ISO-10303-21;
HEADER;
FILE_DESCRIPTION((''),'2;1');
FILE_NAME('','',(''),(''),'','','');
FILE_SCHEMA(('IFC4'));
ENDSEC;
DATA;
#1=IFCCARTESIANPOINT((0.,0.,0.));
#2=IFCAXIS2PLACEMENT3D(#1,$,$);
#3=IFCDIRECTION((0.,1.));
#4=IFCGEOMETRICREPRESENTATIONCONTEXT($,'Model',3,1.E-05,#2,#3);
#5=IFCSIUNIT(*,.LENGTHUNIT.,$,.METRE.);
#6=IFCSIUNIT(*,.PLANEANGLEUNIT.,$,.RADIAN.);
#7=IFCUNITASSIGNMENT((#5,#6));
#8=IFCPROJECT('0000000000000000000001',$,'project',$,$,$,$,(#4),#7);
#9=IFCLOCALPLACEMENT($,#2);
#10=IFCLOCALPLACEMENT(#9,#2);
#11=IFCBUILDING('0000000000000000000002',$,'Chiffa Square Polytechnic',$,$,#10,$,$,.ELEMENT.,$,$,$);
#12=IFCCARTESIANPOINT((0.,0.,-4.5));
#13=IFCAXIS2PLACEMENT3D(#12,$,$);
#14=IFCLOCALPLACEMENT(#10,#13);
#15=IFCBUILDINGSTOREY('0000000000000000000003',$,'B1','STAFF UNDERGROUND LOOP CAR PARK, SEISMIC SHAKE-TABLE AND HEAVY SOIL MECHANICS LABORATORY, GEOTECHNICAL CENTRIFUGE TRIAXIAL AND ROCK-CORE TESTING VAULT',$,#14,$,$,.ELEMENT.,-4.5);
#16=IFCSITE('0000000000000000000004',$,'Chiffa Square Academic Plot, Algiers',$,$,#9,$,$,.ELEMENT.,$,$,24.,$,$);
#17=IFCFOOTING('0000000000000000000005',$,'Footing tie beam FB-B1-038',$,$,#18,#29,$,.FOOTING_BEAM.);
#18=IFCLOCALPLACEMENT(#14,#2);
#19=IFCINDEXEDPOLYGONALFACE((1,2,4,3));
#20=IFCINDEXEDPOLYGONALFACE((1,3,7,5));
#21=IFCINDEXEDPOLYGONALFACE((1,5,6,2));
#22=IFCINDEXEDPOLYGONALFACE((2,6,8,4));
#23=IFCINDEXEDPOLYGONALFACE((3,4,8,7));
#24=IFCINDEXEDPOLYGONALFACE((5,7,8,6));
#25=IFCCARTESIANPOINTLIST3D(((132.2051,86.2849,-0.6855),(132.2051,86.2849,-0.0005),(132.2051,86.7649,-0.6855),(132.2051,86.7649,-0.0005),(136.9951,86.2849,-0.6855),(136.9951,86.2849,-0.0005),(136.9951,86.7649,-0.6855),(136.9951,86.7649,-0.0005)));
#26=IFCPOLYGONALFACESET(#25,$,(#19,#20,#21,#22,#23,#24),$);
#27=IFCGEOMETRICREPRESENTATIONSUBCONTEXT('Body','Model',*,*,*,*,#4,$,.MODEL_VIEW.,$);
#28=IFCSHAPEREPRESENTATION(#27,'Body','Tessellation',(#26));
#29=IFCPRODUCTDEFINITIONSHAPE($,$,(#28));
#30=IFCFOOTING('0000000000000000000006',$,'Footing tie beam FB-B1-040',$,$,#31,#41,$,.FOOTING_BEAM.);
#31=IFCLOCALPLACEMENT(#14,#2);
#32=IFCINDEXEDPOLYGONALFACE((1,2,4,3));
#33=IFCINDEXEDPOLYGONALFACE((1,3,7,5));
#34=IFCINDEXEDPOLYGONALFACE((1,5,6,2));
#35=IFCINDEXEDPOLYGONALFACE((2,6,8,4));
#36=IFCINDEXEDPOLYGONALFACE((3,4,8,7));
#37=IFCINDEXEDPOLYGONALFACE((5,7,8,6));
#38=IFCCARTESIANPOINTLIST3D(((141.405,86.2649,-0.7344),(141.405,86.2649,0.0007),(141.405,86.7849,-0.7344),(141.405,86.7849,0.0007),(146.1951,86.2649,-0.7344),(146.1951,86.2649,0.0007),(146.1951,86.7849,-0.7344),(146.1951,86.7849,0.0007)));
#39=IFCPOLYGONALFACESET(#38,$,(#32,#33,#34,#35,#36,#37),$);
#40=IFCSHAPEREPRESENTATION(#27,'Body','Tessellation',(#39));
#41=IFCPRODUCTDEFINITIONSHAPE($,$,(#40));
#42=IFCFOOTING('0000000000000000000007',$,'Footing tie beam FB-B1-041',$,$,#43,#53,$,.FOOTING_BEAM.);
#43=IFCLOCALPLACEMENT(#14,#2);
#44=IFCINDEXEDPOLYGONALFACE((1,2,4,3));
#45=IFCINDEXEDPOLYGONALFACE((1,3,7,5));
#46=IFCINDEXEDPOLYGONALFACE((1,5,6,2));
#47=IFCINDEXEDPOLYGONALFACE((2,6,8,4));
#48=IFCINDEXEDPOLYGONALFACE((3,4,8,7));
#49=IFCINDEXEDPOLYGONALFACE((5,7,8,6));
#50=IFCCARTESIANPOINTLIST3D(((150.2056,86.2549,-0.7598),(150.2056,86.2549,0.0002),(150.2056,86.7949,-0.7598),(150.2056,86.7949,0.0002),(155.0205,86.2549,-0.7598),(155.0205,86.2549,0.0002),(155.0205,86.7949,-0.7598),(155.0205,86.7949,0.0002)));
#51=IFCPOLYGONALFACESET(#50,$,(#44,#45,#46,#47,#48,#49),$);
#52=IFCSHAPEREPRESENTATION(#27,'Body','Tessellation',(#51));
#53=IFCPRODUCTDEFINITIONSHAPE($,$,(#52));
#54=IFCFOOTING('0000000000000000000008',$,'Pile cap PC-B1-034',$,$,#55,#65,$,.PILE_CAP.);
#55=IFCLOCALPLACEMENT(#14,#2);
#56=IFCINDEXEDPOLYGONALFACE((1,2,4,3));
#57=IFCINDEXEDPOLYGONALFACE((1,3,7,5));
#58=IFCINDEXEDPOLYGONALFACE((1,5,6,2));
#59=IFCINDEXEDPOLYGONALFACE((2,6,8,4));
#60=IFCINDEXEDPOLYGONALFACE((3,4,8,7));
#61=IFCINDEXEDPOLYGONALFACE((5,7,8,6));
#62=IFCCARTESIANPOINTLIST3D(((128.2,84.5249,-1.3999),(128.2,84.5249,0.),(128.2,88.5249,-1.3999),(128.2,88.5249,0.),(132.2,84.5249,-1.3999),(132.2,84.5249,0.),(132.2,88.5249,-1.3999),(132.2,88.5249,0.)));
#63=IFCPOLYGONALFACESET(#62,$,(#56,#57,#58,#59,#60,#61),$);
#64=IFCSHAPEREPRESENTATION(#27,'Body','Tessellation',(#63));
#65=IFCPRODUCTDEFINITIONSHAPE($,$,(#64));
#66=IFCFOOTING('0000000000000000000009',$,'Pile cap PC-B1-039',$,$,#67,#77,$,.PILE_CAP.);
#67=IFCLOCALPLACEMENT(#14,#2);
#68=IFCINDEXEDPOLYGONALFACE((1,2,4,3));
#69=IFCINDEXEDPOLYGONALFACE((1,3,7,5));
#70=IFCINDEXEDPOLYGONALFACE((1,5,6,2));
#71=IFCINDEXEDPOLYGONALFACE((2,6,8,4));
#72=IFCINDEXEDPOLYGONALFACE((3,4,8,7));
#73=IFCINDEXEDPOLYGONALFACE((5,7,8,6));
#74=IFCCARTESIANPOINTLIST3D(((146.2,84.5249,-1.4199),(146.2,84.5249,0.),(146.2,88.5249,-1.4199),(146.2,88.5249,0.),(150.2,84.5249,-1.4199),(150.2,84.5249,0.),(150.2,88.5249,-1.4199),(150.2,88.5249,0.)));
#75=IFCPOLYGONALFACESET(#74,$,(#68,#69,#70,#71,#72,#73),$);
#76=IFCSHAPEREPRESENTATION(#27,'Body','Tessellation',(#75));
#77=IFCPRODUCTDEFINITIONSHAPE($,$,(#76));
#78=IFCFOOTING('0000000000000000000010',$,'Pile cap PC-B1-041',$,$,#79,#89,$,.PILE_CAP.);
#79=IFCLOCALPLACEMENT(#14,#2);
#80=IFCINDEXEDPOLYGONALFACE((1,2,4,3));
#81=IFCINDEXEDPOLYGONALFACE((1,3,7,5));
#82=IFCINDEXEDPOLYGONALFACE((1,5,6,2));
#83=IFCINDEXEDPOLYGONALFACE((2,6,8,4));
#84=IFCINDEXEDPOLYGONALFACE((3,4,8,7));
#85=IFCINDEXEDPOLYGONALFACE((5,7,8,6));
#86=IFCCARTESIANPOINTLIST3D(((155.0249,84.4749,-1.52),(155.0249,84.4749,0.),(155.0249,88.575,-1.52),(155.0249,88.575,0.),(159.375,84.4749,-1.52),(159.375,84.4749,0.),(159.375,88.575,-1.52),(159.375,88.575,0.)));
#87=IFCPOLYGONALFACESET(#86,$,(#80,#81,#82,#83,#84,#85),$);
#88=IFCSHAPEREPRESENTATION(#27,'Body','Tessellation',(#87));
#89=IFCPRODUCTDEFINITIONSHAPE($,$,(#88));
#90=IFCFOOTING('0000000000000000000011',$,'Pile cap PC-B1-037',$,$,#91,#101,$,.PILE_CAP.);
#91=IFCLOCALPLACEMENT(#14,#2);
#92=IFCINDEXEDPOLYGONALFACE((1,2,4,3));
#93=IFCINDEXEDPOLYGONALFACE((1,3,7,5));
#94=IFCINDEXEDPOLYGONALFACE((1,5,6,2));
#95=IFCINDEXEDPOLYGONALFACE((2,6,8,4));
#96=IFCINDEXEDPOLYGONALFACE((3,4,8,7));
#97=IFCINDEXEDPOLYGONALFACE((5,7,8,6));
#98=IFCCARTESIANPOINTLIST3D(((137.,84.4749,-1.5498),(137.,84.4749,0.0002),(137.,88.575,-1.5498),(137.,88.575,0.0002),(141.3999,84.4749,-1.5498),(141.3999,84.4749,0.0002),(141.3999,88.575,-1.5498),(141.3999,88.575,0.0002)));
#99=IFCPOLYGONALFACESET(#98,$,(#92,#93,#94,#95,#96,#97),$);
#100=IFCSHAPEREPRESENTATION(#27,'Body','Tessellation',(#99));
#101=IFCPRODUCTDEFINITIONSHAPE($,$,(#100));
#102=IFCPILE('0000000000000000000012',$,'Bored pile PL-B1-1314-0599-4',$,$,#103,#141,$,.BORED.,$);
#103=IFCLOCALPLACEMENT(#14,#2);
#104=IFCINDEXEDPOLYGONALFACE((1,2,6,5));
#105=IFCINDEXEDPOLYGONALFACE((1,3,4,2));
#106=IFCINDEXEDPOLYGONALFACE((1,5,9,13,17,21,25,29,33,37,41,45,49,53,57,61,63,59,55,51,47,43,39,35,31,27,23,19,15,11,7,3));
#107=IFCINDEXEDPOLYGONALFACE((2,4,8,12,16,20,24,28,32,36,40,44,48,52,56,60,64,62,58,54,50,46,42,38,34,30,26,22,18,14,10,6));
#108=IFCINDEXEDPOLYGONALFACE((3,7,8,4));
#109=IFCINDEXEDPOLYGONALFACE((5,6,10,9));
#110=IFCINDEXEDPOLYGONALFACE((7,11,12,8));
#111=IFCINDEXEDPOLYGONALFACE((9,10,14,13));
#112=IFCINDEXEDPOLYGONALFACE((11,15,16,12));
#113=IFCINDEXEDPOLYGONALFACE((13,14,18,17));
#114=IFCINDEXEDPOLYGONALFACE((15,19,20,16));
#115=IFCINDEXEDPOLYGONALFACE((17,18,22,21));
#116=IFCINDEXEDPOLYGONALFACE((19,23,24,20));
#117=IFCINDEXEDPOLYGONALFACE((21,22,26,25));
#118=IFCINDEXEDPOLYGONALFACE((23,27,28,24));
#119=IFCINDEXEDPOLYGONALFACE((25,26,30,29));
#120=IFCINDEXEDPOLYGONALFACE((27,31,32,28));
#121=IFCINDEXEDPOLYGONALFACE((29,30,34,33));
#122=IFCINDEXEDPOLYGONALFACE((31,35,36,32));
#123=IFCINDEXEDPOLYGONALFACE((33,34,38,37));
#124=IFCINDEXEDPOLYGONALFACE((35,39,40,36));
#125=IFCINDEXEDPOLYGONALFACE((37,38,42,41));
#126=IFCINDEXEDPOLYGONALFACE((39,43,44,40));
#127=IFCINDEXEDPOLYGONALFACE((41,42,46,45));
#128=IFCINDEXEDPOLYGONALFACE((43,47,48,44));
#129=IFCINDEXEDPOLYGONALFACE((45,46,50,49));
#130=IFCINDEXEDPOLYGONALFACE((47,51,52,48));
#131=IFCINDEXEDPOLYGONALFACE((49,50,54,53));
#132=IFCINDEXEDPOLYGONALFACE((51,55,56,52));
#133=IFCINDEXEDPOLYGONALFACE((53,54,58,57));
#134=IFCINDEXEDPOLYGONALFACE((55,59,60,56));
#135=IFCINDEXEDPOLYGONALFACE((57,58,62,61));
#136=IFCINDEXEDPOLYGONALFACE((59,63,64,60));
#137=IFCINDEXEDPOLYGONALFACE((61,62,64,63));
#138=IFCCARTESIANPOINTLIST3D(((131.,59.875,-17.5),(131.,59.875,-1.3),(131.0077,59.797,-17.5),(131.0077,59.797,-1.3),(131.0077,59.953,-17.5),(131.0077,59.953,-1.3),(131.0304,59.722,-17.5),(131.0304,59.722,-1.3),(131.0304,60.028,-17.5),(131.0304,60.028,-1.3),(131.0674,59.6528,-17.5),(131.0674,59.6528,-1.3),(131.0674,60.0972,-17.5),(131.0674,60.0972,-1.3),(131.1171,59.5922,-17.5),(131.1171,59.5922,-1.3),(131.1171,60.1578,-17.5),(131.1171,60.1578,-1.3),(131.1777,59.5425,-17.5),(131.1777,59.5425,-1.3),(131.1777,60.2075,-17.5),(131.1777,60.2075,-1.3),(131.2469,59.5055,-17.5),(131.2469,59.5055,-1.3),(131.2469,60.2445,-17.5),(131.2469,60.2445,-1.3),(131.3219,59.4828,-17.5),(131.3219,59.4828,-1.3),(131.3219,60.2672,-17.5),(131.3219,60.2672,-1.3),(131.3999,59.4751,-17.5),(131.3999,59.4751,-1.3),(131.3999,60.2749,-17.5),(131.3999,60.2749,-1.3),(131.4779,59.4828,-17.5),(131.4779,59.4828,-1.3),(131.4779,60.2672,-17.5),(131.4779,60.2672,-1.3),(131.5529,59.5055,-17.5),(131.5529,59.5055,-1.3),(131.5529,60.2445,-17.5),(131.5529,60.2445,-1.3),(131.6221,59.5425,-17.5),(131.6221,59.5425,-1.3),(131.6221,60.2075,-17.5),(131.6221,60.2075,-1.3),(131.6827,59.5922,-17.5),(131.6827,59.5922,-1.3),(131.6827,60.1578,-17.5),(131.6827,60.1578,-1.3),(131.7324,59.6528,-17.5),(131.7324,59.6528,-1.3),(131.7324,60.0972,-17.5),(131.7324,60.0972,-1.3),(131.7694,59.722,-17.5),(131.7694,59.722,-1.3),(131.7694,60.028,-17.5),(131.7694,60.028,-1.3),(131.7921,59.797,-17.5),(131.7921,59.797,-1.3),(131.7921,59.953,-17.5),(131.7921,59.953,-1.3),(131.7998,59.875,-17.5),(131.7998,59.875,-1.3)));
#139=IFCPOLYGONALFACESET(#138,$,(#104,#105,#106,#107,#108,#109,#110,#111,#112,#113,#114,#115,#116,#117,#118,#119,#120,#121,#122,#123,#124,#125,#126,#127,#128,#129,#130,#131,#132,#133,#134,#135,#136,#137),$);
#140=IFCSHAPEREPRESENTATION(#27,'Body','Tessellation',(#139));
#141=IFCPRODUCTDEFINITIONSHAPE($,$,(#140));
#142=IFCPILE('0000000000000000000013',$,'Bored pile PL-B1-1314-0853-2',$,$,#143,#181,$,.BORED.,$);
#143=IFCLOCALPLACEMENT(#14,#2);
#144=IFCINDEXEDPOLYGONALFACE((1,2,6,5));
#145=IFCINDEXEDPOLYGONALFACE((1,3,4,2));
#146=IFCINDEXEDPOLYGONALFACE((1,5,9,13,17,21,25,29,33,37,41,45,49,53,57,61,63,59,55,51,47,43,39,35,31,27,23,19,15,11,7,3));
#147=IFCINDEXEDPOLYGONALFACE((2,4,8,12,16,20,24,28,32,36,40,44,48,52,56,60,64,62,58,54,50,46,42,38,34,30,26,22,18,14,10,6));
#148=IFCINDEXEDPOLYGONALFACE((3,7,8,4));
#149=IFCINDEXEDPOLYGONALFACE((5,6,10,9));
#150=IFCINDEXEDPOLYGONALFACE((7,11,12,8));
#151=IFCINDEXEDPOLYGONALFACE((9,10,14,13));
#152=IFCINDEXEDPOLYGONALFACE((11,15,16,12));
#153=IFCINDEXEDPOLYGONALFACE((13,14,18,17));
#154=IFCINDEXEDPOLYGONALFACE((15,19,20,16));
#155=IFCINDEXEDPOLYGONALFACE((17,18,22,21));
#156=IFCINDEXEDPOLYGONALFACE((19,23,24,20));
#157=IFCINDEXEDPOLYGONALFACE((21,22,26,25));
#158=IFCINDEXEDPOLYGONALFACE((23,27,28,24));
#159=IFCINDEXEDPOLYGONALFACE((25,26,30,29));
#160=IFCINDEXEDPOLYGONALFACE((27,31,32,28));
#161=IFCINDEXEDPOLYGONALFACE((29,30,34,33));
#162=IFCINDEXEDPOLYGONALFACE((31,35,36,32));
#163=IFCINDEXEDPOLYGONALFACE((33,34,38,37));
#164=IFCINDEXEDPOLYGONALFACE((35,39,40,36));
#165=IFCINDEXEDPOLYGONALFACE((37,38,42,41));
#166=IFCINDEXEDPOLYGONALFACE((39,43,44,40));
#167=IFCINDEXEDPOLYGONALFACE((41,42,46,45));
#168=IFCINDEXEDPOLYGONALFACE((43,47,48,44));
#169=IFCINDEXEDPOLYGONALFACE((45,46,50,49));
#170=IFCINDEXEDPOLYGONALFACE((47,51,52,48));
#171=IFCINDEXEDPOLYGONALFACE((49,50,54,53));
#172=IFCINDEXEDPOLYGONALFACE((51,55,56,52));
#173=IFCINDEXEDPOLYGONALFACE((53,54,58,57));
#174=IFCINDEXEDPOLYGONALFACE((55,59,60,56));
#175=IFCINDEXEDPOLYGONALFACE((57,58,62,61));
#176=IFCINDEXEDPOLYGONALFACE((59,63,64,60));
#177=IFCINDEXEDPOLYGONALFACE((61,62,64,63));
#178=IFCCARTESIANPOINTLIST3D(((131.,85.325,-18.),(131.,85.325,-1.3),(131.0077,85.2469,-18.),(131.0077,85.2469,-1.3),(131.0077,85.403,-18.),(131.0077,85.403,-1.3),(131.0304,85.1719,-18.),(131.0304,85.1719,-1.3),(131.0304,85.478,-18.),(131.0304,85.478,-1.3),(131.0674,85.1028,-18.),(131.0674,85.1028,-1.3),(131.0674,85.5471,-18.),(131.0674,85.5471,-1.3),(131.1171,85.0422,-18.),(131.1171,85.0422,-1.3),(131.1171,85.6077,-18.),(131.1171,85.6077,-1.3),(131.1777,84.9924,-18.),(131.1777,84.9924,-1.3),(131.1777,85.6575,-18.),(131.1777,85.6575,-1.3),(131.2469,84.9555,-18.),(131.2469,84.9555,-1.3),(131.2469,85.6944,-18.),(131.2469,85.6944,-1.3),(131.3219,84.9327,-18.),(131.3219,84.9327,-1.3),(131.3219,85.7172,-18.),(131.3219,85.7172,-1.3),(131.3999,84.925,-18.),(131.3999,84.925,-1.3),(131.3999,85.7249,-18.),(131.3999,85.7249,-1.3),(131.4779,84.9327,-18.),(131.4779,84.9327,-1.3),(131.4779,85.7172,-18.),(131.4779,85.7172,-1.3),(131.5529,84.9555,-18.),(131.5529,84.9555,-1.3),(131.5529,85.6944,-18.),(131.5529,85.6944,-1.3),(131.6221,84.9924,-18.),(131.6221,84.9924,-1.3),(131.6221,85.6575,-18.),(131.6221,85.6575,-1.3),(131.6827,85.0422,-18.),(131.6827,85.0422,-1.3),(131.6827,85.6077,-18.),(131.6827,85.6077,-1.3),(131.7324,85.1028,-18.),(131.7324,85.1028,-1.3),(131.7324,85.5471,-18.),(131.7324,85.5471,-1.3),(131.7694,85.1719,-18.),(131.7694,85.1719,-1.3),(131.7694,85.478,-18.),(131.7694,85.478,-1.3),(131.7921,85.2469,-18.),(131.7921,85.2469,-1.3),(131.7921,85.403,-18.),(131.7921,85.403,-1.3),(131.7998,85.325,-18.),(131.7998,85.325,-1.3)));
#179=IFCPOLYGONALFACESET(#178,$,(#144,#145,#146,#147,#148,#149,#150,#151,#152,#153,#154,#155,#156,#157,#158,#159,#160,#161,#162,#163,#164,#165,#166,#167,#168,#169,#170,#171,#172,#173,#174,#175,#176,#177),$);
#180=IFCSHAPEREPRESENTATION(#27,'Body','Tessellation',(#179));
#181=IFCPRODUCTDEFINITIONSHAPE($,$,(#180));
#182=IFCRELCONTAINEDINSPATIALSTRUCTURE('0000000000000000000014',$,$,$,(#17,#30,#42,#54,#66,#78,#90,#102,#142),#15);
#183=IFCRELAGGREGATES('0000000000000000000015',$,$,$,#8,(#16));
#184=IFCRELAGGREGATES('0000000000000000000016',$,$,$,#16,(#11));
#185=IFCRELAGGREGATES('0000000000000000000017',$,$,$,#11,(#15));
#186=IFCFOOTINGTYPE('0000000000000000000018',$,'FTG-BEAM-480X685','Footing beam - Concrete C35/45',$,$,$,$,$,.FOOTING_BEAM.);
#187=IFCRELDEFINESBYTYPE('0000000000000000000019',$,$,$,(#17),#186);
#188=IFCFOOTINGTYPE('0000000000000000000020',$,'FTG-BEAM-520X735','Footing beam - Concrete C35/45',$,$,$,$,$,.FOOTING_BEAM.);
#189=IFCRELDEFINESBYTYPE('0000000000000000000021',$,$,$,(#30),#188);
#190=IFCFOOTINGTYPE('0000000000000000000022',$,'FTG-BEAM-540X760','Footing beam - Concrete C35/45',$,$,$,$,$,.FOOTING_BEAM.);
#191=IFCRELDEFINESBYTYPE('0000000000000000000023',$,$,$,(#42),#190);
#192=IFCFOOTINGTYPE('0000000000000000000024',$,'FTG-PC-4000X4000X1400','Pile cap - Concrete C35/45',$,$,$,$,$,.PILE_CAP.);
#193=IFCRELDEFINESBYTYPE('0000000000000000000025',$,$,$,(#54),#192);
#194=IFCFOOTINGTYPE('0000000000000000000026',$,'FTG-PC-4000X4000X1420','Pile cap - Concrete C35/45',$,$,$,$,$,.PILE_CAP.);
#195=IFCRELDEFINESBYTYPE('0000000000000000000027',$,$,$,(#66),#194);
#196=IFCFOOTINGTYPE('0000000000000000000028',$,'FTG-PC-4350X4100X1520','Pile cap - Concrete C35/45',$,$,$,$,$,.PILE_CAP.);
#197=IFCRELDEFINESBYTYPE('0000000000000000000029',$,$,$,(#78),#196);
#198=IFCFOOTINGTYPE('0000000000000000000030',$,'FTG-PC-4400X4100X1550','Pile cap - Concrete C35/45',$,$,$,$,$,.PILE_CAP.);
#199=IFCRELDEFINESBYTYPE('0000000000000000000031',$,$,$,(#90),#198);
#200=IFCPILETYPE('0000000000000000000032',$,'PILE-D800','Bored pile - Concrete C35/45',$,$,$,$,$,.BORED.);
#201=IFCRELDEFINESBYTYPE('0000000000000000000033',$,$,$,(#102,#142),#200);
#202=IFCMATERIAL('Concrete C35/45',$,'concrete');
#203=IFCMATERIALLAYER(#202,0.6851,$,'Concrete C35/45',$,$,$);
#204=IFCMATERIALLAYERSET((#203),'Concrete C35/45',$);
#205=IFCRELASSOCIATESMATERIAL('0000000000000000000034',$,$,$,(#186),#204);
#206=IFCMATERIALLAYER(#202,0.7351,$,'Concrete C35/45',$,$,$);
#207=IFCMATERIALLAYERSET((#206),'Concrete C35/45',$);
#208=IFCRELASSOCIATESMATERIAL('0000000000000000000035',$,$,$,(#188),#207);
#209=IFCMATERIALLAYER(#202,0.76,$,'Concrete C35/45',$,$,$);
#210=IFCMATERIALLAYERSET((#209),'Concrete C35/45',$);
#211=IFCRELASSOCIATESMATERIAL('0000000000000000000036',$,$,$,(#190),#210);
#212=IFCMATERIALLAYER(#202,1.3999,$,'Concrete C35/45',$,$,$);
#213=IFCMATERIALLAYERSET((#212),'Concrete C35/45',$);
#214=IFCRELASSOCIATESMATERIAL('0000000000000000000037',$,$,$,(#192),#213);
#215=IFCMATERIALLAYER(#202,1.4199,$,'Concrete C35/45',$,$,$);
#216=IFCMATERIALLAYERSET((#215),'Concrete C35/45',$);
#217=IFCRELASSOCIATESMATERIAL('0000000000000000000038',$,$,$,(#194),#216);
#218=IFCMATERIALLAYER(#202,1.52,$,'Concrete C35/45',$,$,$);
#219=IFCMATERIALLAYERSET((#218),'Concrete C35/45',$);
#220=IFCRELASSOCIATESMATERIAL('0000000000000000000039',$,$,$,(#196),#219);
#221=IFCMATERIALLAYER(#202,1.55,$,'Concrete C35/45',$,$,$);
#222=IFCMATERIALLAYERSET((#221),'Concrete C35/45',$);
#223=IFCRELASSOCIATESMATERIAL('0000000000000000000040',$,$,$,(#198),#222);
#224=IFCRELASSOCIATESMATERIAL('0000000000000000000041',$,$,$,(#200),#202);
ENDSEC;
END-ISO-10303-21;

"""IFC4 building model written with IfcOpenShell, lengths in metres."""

from ifc_helpers import new_model, si_unit, direction, frame, origin, origin_2d, place, context, subcontext, project, spatial, rectangle, circle, extrude, material, layer, layer_set, material_profile, profile_set, type_object, element, save


model = new_model("IFC4")

# Units and contexts
model_context = context("Model", 3, precision=1e-05, world=origin(), true_north=direction((0.0, 1.0)))
body_context = subcontext(model_context, "Body", "Model", "MODEL_VIEW")
ifc_project = project(units=[si_unit("LENGTHUNIT", "METRE"), si_unit("PLANEANGLEUNIT", "RADIAN")], contexts=[model_context])

# Site, building, storey
site_placement = place(None, origin())
site = spatial("IfcSite", under=ifc_project, at=site_placement, Name="Chiffa Square Academic Plot, Algiers", CompositionType="ELEMENT", RefElevation=24.0)
building_placement = place(site_placement, origin())
building = spatial("IfcBuilding", under=site, at=building_placement, Name="Chiffa Square Polytechnic", CompositionType="ELEMENT")
storey_placement = place(building_placement, frame((0.0, 0.0, -4.5)))
storey = spatial("IfcBuildingStorey", under=building, at=storey_placement, Name="B1", Description="STAFF UNDERGROUND LOOP CAR PARK, SEISMIC SHAKE-TABLE AND HEAVY SOIL MECHANICS LABORATORY, GEOTECHNICAL CENTRIFUGE TRIAXIAL AND ROCK-CORE TESTING VAULT", CompositionType="ELEMENT", Elevation=-4.5)

# Footings
ifc_material = material(Name="Concrete C35/45", Category="concrete")
ifc_layer_1 = layer(ifc_material, 0.6851, Name="Concrete C35/45")
ifc_layer_set_1 = layer_set([ifc_layer_1], Name="Concrete C35/45")
footing_type_1 = type_object("IfcFootingType", Name="FTG-BEAM-480X685", Description="Footing beam - Concrete C35/45", PredefinedType="FOOTING_BEAM", material=ifc_layer_set_1)
footing_1_placement = place(storey_placement, frame((134.6001, 86.5249, -0.6855), z_axis=(0.0, 0.0, 1.0), x_axis=(1.0, 0.0, 0.0)))
element("IfcFooting", 1, at=footing_1_placement, inside=storey, type_object=footing_type_1, Name="Footing tie beam FB-B1-038", PredefinedType="FOOTING_BEAM", context=body_context, shape_type="SweptSolid", body=[
    extrude(rectangle(XDim=4.79, YDim=0.48, at=origin_2d()), origin(), (0.0, 0.0, 1.0), 0.6851),
])
ifc_layer_2 = layer(ifc_material, 0.7351, Name="Concrete C35/45")
ifc_layer_set_2 = layer_set([ifc_layer_2], Name="Concrete C35/45")
footing_type_2 = type_object("IfcFootingType", Name="FTG-BEAM-520X735", Description="Footing beam - Concrete C35/45", PredefinedType="FOOTING_BEAM", material=ifc_layer_set_2)
footing_2_placement = place(storey_placement, frame((143.8, 86.5249, -0.7344), z_axis=(0.0, 0.0, 1.0), x_axis=(1.0, 0.0, 0.0)))
element("IfcFooting", 2, at=footing_2_placement, inside=storey, type_object=footing_type_2, Name="Footing tie beam FB-B1-040", PredefinedType="FOOTING_BEAM", context=body_context, shape_type="SweptSolid", body=[
    extrude(rectangle(XDim=4.79, YDim=0.52, at=origin_2d()), origin(), (0.0, 0.0, 1.0), 0.7351),
])
ifc_layer_3 = layer(ifc_material, 0.76, Name="Concrete C35/45")
ifc_layer_set_3 = layer_set([ifc_layer_3], Name="Concrete C35/45")
footing_type_3 = type_object("IfcFootingType", Name="FTG-BEAM-540X760", Description="Footing beam - Concrete C35/45", PredefinedType="FOOTING_BEAM", material=ifc_layer_set_3)
footing_3_placement = place(storey_placement, frame((152.613, 86.5249, -0.7598), z_axis=(0.0, 0.0, 1.0), x_axis=(1.0, 0.0, 0.0)))
element("IfcFooting", 3, at=footing_3_placement, inside=storey, type_object=footing_type_3, Name="Footing tie beam FB-B1-041", PredefinedType="FOOTING_BEAM", context=body_context, shape_type="SweptSolid", body=[
    extrude(rectangle(XDim=4.8149, YDim=0.54, at=origin_2d()), origin(), (0.0, 0.0, 1.0), 0.76),
])
ifc_layer_4 = layer(ifc_material, 1.3999, Name="Concrete C35/45")
ifc_layer_set_4 = layer_set([ifc_layer_4], Name="Concrete C35/45")
footing_type_4 = type_object("IfcFootingType", Name="FTG-PC-4000X4000X1400", Description="Pile cap - Concrete C35/45", PredefinedType="PILE_CAP", material=ifc_layer_set_4)
footing_4_placement = place(storey_placement, frame((130.2, 86.5249, -1.3999), z_axis=(0.0, 0.0, 1.0), x_axis=(1.0, 0.0, 0.0)))
element("IfcFooting", 4, at=footing_4_placement, inside=storey, type_object=footing_type_4, Name="Pile cap PC-B1-034", PredefinedType="PILE_CAP", context=body_context, shape_type="SweptSolid", body=[
    extrude(rectangle(XDim=4.0, YDim=4.0, at=origin_2d()), origin(), (0.0, 0.0, 1.0), 1.3999),
])
ifc_layer_5 = layer(ifc_material, 1.4199, Name="Concrete C35/45")
ifc_layer_set_5 = layer_set([ifc_layer_5], Name="Concrete C35/45")
footing_type_5 = type_object("IfcFootingType", Name="FTG-PC-4000X4000X1420", Description="Pile cap - Concrete C35/45", PredefinedType="PILE_CAP", material=ifc_layer_set_5)
footing_5_placement = place(storey_placement, frame((148.2, 86.5249, -1.4199), z_axis=(0.0, 0.0, 1.0), x_axis=(1.0, 0.0, 0.0)))
element("IfcFooting", 5, at=footing_5_placement, inside=storey, type_object=footing_type_5, Name="Pile cap PC-B1-039", PredefinedType="PILE_CAP", context=body_context, shape_type="SweptSolid", body=[
    extrude(rectangle(XDim=4.0, YDim=4.0, at=origin_2d()), origin(), (0.0, 0.0, 1.0), 1.4199),
])
ifc_layer_6 = layer(ifc_material, 1.52, Name="Concrete C35/45")
ifc_layer_set_6 = layer_set([ifc_layer_6], Name="Concrete C35/45")
footing_type_6 = type_object("IfcFootingType", Name="FTG-PC-4350X4100X1520", Description="Pile cap - Concrete C35/45", PredefinedType="PILE_CAP", material=ifc_layer_set_6)
footing_6_placement = place(storey_placement, frame((157.2, 86.5249, -1.52), z_axis=(0.0, 0.0, 1.0), x_axis=(1.0, 0.0, 0.0)))
element("IfcFooting", 6, at=footing_6_placement, inside=storey, type_object=footing_type_6, Name="Pile cap PC-B1-041", PredefinedType="PILE_CAP", context=body_context, shape_type="SweptSolid", body=[
    extrude(rectangle(XDim=4.3501, YDim=4.1001, at=origin_2d()), origin(), (0.0, 0.0, 1.0), 1.52),
])
ifc_layer_7 = layer(ifc_material, 1.55, Name="Concrete C35/45")
ifc_layer_set_7 = layer_set([ifc_layer_7], Name="Concrete C35/45")
footing_type_7 = type_object("IfcFootingType", Name="FTG-PC-4400X4100X1550", Description="Pile cap - Concrete C35/45", PredefinedType="PILE_CAP", material=ifc_layer_set_7)
footing_7_placement = place(storey_placement, frame((139.2, 86.5249, -1.5498), z_axis=(0.0, 0.0, 1.0), x_axis=(1.0, 0.0, 0.0)))
element("IfcFooting", 7, at=footing_7_placement, inside=storey, type_object=footing_type_7, Name="Pile cap PC-B1-037", PredefinedType="PILE_CAP", context=body_context, shape_type="SweptSolid", body=[
    extrude(rectangle(XDim=4.3999, YDim=4.1001, at=origin_2d()), origin(), (0.0, 0.0, 1.0), 1.55),
])

# Piles
ifc_material_profile_1 = material_profile(ifc_material, circle(Radius=0.3999, at=origin_2d()), Name="PILE D800")
ifc_profile_set_1 = profile_set([ifc_material_profile_1], Name="Concrete C35/45")
pile_type_1 = type_object("IfcPileType", Name="PILE-D800", Description="Bored pile - Concrete C35/45", PredefinedType="BORED", material=ifc_profile_set_1)
pile_1_placement = place(storey_placement, frame((131.3999, 59.875, -1.3), z_axis=(0.0, 0.0, -1.0), x_axis=(1.0, 0.0, 0.0)))
element("IfcPile", 8, at=pile_1_placement, inside=storey, type_object=pile_type_1, Name="Bored pile PL-B1-1314-0599-4", PredefinedType="BORED", context=body_context, shape_type="SweptSolid", body=[
    extrude(circle(Radius=0.3999, at=origin_2d()), origin(), (0.0, 0.0, 1.0), 16.2),
])
pile_2_placement = place(storey_placement, frame((131.3999, 85.325, -1.3), z_axis=(0.0, 0.0, -1.0), x_axis=(1.0, 0.0, 0.0)))
element("IfcPile", 9, at=pile_2_placement, inside=storey, type_object=pile_type_1, Name="Bored pile PL-B1-1314-0853-2", PredefinedType="BORED", context=body_context, shape_type="SweptSolid", body=[
    extrude(circle(Radius=0.3999, at=origin_2d()), origin(), (0.0, 0.0, 1.0), 16.7),
])

save(model, "model.ifc")
